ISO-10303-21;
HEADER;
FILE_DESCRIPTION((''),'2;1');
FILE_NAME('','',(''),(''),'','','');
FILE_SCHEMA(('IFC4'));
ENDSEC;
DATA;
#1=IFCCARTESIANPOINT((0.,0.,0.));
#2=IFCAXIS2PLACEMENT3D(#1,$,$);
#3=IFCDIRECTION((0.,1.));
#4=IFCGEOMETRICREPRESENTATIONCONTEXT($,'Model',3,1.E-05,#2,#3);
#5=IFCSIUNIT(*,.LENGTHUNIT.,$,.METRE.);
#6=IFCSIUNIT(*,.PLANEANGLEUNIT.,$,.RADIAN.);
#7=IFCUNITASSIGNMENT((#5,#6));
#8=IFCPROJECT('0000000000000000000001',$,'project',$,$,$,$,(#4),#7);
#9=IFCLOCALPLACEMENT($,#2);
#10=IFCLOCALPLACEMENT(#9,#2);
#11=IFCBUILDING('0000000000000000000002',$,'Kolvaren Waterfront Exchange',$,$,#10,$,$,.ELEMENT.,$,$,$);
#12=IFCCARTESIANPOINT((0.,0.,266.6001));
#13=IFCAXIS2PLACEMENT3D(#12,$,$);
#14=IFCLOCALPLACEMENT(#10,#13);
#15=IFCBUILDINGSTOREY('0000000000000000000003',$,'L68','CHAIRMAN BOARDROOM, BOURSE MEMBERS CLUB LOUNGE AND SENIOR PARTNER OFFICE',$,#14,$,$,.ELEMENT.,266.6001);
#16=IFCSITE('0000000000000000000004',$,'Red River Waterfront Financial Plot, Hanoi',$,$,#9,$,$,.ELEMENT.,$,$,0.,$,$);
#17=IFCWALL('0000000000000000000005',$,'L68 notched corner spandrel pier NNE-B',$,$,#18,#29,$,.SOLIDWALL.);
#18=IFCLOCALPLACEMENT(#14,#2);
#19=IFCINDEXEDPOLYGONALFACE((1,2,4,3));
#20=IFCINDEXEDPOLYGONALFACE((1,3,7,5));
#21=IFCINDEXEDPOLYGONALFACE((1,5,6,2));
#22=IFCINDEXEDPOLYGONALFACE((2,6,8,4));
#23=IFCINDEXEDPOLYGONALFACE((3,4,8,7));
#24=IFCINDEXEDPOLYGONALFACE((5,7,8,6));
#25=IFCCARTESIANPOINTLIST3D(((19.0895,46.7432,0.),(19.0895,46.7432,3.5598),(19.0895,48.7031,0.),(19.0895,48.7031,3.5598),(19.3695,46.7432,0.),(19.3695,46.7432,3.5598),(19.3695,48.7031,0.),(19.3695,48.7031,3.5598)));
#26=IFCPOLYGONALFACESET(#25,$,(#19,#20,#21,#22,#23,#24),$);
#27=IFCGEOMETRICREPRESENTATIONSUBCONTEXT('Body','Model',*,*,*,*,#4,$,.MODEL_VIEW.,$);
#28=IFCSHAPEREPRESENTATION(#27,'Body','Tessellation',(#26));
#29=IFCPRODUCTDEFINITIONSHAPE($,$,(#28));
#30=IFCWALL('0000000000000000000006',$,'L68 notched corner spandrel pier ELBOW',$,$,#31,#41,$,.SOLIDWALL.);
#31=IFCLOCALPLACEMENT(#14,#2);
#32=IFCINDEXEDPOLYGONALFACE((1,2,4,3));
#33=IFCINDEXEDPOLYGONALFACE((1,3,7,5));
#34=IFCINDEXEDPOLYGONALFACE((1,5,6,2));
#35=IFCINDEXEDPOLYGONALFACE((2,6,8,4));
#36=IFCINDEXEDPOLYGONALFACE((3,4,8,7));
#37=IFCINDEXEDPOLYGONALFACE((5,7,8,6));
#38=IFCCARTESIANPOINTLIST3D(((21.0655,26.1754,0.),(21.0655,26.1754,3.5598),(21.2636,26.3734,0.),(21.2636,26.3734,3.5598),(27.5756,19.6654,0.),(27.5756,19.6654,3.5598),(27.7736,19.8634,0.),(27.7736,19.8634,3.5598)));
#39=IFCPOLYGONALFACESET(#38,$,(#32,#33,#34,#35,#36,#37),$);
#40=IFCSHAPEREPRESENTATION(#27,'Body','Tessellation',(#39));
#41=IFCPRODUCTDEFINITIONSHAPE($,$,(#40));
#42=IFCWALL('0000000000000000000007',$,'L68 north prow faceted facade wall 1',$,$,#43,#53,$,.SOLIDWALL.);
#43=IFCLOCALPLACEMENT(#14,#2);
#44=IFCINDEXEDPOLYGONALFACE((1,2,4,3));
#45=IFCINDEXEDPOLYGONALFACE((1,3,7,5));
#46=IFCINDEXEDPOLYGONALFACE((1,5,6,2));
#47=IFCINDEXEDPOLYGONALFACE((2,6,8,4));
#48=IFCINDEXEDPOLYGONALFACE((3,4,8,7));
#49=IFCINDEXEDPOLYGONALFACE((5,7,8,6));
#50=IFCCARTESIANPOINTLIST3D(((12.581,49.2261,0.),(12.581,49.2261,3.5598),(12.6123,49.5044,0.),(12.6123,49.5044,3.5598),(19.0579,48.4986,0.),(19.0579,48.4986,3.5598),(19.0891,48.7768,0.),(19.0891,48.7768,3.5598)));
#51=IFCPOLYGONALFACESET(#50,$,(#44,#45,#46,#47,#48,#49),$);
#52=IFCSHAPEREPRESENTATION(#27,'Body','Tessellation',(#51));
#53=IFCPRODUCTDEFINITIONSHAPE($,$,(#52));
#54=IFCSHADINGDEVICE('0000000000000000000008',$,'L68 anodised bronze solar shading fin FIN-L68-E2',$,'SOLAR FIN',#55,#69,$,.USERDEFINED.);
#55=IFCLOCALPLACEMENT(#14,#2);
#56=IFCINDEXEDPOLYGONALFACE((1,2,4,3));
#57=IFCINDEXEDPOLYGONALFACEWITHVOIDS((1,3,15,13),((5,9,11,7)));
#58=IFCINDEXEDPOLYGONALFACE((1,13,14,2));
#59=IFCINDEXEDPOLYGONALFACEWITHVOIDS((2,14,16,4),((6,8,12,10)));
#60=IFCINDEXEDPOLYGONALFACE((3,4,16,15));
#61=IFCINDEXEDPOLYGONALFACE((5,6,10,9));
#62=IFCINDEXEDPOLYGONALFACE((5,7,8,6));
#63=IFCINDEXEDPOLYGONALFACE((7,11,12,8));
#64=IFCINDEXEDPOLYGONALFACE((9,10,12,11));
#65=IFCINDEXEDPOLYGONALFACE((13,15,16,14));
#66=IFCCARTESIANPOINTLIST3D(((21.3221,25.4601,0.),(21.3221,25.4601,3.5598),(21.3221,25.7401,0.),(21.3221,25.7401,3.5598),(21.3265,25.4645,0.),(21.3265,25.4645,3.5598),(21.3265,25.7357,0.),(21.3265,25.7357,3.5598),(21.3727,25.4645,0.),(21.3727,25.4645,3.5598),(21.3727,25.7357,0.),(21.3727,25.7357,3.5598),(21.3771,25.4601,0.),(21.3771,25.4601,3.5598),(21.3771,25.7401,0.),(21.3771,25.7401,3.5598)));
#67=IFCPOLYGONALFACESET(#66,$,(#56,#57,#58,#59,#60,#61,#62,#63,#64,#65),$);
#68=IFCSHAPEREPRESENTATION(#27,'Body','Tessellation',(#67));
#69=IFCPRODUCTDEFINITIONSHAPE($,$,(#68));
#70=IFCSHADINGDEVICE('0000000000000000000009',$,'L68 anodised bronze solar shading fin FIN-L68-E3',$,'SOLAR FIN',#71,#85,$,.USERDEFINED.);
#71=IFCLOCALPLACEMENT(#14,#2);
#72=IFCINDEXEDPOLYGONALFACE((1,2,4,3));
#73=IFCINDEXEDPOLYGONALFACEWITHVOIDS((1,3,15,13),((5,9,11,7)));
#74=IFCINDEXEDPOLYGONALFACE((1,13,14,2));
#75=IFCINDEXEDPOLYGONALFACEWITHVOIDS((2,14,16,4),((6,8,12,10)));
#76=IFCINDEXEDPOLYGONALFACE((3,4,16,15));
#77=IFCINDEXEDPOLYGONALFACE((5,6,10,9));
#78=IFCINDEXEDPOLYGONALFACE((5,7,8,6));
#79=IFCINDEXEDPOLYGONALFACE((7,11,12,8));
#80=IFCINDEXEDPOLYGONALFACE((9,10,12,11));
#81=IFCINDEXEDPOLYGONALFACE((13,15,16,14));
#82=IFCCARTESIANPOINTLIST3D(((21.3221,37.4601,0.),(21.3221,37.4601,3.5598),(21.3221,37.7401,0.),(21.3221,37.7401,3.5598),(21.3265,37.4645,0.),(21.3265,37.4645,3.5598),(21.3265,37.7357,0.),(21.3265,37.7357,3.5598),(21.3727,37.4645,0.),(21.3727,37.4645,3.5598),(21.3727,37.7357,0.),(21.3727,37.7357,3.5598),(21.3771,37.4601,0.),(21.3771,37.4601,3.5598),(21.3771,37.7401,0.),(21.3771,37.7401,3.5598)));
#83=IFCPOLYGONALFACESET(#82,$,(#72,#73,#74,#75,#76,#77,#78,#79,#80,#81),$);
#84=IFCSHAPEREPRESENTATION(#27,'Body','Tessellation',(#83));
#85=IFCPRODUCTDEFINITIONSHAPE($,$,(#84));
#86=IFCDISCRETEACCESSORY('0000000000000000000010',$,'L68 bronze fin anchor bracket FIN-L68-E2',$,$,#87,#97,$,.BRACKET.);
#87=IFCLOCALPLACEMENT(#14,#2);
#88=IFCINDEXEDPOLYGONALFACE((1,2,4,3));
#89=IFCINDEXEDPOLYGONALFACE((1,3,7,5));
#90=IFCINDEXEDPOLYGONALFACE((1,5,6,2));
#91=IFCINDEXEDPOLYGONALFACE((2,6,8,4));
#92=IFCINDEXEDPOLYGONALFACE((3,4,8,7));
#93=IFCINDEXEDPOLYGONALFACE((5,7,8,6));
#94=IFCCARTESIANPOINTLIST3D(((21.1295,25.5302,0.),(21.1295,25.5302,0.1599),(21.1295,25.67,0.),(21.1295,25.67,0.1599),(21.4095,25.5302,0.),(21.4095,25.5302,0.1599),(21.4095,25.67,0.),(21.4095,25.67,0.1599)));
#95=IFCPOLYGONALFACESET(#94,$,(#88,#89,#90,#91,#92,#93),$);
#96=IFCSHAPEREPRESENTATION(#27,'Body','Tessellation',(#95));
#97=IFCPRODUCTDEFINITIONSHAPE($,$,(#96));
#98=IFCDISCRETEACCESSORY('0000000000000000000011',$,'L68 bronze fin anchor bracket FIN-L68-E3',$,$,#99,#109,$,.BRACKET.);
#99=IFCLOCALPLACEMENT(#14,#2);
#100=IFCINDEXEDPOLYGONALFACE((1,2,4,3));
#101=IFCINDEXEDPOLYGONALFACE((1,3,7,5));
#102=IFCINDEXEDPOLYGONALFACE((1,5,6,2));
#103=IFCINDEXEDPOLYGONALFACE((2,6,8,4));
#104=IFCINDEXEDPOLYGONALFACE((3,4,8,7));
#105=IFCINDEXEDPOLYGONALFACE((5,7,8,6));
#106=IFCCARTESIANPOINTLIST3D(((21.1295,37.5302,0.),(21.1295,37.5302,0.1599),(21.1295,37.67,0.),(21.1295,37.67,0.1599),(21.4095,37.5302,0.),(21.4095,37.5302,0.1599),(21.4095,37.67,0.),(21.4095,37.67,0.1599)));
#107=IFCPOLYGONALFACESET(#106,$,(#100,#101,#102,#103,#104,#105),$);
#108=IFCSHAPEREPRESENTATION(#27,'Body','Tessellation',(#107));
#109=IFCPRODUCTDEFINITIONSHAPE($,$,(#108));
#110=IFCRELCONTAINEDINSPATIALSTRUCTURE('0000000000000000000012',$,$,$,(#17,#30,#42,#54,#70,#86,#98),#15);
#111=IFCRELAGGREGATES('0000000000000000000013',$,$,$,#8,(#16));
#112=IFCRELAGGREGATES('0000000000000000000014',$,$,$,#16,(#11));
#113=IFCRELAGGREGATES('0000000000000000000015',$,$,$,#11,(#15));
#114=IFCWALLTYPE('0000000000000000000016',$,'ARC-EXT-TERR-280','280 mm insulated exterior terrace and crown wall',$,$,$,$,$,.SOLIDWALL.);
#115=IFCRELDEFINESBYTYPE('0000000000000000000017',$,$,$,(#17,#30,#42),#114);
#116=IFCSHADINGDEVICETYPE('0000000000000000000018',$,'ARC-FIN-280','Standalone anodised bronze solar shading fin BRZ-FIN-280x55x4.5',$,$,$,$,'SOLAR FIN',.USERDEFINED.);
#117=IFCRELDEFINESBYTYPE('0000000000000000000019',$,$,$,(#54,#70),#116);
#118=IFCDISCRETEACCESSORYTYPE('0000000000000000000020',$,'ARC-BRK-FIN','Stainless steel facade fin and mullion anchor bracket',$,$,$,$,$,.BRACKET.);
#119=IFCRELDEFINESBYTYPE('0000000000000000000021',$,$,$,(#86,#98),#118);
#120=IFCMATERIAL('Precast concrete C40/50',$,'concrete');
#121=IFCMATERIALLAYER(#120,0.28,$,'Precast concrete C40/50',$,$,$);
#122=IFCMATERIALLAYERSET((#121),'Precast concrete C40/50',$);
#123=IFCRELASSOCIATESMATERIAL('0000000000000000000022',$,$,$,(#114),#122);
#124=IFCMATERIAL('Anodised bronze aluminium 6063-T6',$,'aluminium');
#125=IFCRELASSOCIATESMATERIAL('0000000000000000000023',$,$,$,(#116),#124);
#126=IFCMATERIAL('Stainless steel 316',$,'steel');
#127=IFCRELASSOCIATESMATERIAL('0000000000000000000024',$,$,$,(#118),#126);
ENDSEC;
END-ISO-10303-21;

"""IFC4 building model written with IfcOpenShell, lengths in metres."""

from ifc_helpers import new_model, si_unit, direction, frame, frame_2d, origin, origin_with_axes, origin_2d, place, context, subcontext, project, spatial, rectangle, hollow_rectangle, extrude, source, transform, mapped, material, layer, layer_set, material_profile, profile_set, type_object, element, save


model = new_model("IFC4")

# Units and contexts
model_context = context("Model", 3, precision=1e-05, world=origin(), true_north=direction((0.0, 1.0)))
body_context = subcontext(model_context, "Body", "Model", "MODEL_VIEW")
ifc_project = project(units=[si_unit("LENGTHUNIT", "METRE"), si_unit("PLANEANGLEUNIT", "RADIAN")], contexts=[model_context])

# Site, building, storey
site_placement = place(None, origin())
site = spatial("IfcSite", under=ifc_project, at=site_placement, Name="Red River Waterfront Financial Plot, Hanoi", CompositionType="ELEMENT", RefElevation=0.0)
building_placement = place(site_placement, origin())
building = spatial("IfcBuilding", under=site, at=building_placement, Name="Kolvaren Waterfront Exchange", CompositionType="ELEMENT")
storey_placement = place(building_placement, frame((0.0, 0.0, 266.6001)))
storey = spatial("IfcBuildingStorey", under=building, at=storey_placement, Name="L68", Description="CHAIRMAN BOARDROOM, BOURSE MEMBERS CLUB LOUNGE AND SENIOR PARTNER OFFICE", CompositionType="ELEMENT", Elevation=266.6001)

# Shared definitions
ifc_material_1 = material(Name="Anodised bronze aluminium 6063-T6", Category="aluminium")

# Walls
ifc_material_2 = material(Name="Precast concrete C40/50", Category="concrete")
ifc_layer_1 = layer(ifc_material_2, 0.28, Name="Precast concrete C40/50")
ifc_layer_set_1 = layer_set([ifc_layer_1], Name="Precast concrete C40/50")
wall_type = type_object("IfcWallType", Name="ARC-EXT-TERR-280", Description="280 mm insulated exterior terrace and crown wall", PredefinedType="SOLIDWALL", material=ifc_layer_set_1)
wall_1_placement = place(storey_placement, frame((19.2295, 46.7432, 0.0), z_axis=(0.0, 0.0, 1.0), x_axis=(0.0, 1.0, 0.0)))
element("IfcWall", 1, at=wall_1_placement, inside=storey, type_object=wall_type, Name="L68 notched corner spandrel pier NNE-B", PredefinedType="SOLIDWALL", context=body_context, shape_type="SweptSolid", body=[
    extrude(rectangle(XDim=1.96, YDim=0.28, at=frame_2d((0.98, 0.0))), origin(), (0.0, 0.0, 1.0), 3.5598),
])
wall_2_placement = place(storey_placement, frame((27.6746, 19.7644, 0.0), z_axis=(0.0, 0.0, 1.0), x_axis=(-0.707107, 0.707107, 0.0)))
element("IfcWall", 2, at=wall_2_placement, inside=storey, type_object=wall_type, Name="L68 notched corner spandrel pier ELBOW", PredefinedType="SOLIDWALL", context=body_context, shape_type="SweptSolid", body=[
    extrude(rectangle(XDim=9.2065, YDim=0.28, at=frame_2d((4.6033, 0.0))), origin(), (0.0, 0.0, 1.0), 3.5598),
])
wall_3_placement = place(storey_placement, frame((19.0735, 48.6377, 0.0), z_axis=(0.0, 0.0, 1.0), x_axis=(-0.99375, 0.111628, 0.0)))
element("IfcWall", 3, at=wall_3_placement, inside=storey, type_object=wall_type, Name="L68 north prow faceted facade wall 1", PredefinedType="SOLIDWALL", context=body_context, shape_type="SweptSolid", body=[
    extrude(rectangle(XDim=6.5176, YDim=0.28, at=frame_2d((3.2588, 0.0))), origin(), (0.0, 0.0, 1.0), 3.5598),
])

# Shading devices
ifc_material_profile_1 = material_profile(ifc_material_1, hollow_rectangle(XDim=0.0549, YDim=0.28, WallThickness=0.0044, at=origin_2d()), Name="BRZ-FIN-280x55x4.5")
ifc_profile_set_1 = profile_set([ifc_material_profile_1], Name="Anodised bronze aluminium 6063-T6")
shading_device_type = type_object("IfcShadingDeviceType", Name="ARC-FIN-280", Description="Standalone anodised bronze solar shading fin BRZ-FIN-280x55x4.5", ElementType="SOLAR FIN", PredefinedType="USERDEFINED", material=ifc_profile_set_1)
for number, where, z_axis, x_axis, name in (
    (4, (21.3496, 25.6001, 0.0), (0.0, 0.0, 1.0), (1.0, 0.0, 0.0), "L68 anodised bronze solar shading fin FIN-L68-E2"),
    (5, (21.3496, 37.6001, 0.0), (0.0, 0.0, 1.0), (1.0, 0.0, 0.0), "L68 anodised bronze solar shading fin FIN-L68-E3"),
):
    element("IfcShadingDevice", number, at=place(storey_placement, frame(where, z_axis=z_axis, x_axis=x_axis)), inside=storey, type_object=shading_device_type, Name=name, ObjectType="SOLAR FIN", PredefinedType="USERDEFINED", context=body_context, shape_type="SweptSolid", body=[
        extrude(hollow_rectangle(XDim=0.0549, YDim=0.28, WallThickness=0.0044, at=origin_2d()), origin(), (0.0, 0.0, 1.0), 3.5598),
    ])

# Shared definitions
ifc_material_3 = material(Name="Stainless steel 316", Category="steel")

# Discrete accessories
discrete_accessory_type = type_object("IfcDiscreteAccessoryType", Name="ARC-BRK-FIN", Description="Stainless steel facade fin and mullion anchor bracket", PredefinedType="BRACKET", material=ifc_material_3)
shared_shape_1 = source(origin_with_axes(), body_context, "Body", "SweptSolid", [
    extrude(rectangle(XDim=0.28, YDim=0.1399, at=origin_2d()), origin(), (0.0, 0.0, 1.0), 0.1599),
])
for number, where, z_axis, x_axis, name in (
    (6, (21.2695, 25.6001, 0.0), (0.0, 0.0, 1.0), (1.0, 0.0, 0.0), "L68 bronze fin anchor bracket FIN-L68-E2"),
    (7, (21.2695, 37.6001, 0.0), (0.0, 0.0, 1.0), (1.0, 0.0, 0.0), "L68 bronze fin anchor bracket FIN-L68-E3"),
):
    element("IfcDiscreteAccessory", number, at=place(storey_placement, frame(where, z_axis=z_axis, x_axis=x_axis)), inside=storey, type_object=discrete_accessory_type, Name=name, PredefinedType="BRACKET", context=body_context, shape_type="MappedRepresentation", body=[
        mapped(shared_shape_1, transform((0.0, 0.0, 0.0), x_axis=(1.0, 0.0, 0.0), y_axis=(0.0, 1.0, 0.0), z_axis=(0.0, 0.0, 1.0), scale=1.0)),
    ])

save(model, "model.ifc")
